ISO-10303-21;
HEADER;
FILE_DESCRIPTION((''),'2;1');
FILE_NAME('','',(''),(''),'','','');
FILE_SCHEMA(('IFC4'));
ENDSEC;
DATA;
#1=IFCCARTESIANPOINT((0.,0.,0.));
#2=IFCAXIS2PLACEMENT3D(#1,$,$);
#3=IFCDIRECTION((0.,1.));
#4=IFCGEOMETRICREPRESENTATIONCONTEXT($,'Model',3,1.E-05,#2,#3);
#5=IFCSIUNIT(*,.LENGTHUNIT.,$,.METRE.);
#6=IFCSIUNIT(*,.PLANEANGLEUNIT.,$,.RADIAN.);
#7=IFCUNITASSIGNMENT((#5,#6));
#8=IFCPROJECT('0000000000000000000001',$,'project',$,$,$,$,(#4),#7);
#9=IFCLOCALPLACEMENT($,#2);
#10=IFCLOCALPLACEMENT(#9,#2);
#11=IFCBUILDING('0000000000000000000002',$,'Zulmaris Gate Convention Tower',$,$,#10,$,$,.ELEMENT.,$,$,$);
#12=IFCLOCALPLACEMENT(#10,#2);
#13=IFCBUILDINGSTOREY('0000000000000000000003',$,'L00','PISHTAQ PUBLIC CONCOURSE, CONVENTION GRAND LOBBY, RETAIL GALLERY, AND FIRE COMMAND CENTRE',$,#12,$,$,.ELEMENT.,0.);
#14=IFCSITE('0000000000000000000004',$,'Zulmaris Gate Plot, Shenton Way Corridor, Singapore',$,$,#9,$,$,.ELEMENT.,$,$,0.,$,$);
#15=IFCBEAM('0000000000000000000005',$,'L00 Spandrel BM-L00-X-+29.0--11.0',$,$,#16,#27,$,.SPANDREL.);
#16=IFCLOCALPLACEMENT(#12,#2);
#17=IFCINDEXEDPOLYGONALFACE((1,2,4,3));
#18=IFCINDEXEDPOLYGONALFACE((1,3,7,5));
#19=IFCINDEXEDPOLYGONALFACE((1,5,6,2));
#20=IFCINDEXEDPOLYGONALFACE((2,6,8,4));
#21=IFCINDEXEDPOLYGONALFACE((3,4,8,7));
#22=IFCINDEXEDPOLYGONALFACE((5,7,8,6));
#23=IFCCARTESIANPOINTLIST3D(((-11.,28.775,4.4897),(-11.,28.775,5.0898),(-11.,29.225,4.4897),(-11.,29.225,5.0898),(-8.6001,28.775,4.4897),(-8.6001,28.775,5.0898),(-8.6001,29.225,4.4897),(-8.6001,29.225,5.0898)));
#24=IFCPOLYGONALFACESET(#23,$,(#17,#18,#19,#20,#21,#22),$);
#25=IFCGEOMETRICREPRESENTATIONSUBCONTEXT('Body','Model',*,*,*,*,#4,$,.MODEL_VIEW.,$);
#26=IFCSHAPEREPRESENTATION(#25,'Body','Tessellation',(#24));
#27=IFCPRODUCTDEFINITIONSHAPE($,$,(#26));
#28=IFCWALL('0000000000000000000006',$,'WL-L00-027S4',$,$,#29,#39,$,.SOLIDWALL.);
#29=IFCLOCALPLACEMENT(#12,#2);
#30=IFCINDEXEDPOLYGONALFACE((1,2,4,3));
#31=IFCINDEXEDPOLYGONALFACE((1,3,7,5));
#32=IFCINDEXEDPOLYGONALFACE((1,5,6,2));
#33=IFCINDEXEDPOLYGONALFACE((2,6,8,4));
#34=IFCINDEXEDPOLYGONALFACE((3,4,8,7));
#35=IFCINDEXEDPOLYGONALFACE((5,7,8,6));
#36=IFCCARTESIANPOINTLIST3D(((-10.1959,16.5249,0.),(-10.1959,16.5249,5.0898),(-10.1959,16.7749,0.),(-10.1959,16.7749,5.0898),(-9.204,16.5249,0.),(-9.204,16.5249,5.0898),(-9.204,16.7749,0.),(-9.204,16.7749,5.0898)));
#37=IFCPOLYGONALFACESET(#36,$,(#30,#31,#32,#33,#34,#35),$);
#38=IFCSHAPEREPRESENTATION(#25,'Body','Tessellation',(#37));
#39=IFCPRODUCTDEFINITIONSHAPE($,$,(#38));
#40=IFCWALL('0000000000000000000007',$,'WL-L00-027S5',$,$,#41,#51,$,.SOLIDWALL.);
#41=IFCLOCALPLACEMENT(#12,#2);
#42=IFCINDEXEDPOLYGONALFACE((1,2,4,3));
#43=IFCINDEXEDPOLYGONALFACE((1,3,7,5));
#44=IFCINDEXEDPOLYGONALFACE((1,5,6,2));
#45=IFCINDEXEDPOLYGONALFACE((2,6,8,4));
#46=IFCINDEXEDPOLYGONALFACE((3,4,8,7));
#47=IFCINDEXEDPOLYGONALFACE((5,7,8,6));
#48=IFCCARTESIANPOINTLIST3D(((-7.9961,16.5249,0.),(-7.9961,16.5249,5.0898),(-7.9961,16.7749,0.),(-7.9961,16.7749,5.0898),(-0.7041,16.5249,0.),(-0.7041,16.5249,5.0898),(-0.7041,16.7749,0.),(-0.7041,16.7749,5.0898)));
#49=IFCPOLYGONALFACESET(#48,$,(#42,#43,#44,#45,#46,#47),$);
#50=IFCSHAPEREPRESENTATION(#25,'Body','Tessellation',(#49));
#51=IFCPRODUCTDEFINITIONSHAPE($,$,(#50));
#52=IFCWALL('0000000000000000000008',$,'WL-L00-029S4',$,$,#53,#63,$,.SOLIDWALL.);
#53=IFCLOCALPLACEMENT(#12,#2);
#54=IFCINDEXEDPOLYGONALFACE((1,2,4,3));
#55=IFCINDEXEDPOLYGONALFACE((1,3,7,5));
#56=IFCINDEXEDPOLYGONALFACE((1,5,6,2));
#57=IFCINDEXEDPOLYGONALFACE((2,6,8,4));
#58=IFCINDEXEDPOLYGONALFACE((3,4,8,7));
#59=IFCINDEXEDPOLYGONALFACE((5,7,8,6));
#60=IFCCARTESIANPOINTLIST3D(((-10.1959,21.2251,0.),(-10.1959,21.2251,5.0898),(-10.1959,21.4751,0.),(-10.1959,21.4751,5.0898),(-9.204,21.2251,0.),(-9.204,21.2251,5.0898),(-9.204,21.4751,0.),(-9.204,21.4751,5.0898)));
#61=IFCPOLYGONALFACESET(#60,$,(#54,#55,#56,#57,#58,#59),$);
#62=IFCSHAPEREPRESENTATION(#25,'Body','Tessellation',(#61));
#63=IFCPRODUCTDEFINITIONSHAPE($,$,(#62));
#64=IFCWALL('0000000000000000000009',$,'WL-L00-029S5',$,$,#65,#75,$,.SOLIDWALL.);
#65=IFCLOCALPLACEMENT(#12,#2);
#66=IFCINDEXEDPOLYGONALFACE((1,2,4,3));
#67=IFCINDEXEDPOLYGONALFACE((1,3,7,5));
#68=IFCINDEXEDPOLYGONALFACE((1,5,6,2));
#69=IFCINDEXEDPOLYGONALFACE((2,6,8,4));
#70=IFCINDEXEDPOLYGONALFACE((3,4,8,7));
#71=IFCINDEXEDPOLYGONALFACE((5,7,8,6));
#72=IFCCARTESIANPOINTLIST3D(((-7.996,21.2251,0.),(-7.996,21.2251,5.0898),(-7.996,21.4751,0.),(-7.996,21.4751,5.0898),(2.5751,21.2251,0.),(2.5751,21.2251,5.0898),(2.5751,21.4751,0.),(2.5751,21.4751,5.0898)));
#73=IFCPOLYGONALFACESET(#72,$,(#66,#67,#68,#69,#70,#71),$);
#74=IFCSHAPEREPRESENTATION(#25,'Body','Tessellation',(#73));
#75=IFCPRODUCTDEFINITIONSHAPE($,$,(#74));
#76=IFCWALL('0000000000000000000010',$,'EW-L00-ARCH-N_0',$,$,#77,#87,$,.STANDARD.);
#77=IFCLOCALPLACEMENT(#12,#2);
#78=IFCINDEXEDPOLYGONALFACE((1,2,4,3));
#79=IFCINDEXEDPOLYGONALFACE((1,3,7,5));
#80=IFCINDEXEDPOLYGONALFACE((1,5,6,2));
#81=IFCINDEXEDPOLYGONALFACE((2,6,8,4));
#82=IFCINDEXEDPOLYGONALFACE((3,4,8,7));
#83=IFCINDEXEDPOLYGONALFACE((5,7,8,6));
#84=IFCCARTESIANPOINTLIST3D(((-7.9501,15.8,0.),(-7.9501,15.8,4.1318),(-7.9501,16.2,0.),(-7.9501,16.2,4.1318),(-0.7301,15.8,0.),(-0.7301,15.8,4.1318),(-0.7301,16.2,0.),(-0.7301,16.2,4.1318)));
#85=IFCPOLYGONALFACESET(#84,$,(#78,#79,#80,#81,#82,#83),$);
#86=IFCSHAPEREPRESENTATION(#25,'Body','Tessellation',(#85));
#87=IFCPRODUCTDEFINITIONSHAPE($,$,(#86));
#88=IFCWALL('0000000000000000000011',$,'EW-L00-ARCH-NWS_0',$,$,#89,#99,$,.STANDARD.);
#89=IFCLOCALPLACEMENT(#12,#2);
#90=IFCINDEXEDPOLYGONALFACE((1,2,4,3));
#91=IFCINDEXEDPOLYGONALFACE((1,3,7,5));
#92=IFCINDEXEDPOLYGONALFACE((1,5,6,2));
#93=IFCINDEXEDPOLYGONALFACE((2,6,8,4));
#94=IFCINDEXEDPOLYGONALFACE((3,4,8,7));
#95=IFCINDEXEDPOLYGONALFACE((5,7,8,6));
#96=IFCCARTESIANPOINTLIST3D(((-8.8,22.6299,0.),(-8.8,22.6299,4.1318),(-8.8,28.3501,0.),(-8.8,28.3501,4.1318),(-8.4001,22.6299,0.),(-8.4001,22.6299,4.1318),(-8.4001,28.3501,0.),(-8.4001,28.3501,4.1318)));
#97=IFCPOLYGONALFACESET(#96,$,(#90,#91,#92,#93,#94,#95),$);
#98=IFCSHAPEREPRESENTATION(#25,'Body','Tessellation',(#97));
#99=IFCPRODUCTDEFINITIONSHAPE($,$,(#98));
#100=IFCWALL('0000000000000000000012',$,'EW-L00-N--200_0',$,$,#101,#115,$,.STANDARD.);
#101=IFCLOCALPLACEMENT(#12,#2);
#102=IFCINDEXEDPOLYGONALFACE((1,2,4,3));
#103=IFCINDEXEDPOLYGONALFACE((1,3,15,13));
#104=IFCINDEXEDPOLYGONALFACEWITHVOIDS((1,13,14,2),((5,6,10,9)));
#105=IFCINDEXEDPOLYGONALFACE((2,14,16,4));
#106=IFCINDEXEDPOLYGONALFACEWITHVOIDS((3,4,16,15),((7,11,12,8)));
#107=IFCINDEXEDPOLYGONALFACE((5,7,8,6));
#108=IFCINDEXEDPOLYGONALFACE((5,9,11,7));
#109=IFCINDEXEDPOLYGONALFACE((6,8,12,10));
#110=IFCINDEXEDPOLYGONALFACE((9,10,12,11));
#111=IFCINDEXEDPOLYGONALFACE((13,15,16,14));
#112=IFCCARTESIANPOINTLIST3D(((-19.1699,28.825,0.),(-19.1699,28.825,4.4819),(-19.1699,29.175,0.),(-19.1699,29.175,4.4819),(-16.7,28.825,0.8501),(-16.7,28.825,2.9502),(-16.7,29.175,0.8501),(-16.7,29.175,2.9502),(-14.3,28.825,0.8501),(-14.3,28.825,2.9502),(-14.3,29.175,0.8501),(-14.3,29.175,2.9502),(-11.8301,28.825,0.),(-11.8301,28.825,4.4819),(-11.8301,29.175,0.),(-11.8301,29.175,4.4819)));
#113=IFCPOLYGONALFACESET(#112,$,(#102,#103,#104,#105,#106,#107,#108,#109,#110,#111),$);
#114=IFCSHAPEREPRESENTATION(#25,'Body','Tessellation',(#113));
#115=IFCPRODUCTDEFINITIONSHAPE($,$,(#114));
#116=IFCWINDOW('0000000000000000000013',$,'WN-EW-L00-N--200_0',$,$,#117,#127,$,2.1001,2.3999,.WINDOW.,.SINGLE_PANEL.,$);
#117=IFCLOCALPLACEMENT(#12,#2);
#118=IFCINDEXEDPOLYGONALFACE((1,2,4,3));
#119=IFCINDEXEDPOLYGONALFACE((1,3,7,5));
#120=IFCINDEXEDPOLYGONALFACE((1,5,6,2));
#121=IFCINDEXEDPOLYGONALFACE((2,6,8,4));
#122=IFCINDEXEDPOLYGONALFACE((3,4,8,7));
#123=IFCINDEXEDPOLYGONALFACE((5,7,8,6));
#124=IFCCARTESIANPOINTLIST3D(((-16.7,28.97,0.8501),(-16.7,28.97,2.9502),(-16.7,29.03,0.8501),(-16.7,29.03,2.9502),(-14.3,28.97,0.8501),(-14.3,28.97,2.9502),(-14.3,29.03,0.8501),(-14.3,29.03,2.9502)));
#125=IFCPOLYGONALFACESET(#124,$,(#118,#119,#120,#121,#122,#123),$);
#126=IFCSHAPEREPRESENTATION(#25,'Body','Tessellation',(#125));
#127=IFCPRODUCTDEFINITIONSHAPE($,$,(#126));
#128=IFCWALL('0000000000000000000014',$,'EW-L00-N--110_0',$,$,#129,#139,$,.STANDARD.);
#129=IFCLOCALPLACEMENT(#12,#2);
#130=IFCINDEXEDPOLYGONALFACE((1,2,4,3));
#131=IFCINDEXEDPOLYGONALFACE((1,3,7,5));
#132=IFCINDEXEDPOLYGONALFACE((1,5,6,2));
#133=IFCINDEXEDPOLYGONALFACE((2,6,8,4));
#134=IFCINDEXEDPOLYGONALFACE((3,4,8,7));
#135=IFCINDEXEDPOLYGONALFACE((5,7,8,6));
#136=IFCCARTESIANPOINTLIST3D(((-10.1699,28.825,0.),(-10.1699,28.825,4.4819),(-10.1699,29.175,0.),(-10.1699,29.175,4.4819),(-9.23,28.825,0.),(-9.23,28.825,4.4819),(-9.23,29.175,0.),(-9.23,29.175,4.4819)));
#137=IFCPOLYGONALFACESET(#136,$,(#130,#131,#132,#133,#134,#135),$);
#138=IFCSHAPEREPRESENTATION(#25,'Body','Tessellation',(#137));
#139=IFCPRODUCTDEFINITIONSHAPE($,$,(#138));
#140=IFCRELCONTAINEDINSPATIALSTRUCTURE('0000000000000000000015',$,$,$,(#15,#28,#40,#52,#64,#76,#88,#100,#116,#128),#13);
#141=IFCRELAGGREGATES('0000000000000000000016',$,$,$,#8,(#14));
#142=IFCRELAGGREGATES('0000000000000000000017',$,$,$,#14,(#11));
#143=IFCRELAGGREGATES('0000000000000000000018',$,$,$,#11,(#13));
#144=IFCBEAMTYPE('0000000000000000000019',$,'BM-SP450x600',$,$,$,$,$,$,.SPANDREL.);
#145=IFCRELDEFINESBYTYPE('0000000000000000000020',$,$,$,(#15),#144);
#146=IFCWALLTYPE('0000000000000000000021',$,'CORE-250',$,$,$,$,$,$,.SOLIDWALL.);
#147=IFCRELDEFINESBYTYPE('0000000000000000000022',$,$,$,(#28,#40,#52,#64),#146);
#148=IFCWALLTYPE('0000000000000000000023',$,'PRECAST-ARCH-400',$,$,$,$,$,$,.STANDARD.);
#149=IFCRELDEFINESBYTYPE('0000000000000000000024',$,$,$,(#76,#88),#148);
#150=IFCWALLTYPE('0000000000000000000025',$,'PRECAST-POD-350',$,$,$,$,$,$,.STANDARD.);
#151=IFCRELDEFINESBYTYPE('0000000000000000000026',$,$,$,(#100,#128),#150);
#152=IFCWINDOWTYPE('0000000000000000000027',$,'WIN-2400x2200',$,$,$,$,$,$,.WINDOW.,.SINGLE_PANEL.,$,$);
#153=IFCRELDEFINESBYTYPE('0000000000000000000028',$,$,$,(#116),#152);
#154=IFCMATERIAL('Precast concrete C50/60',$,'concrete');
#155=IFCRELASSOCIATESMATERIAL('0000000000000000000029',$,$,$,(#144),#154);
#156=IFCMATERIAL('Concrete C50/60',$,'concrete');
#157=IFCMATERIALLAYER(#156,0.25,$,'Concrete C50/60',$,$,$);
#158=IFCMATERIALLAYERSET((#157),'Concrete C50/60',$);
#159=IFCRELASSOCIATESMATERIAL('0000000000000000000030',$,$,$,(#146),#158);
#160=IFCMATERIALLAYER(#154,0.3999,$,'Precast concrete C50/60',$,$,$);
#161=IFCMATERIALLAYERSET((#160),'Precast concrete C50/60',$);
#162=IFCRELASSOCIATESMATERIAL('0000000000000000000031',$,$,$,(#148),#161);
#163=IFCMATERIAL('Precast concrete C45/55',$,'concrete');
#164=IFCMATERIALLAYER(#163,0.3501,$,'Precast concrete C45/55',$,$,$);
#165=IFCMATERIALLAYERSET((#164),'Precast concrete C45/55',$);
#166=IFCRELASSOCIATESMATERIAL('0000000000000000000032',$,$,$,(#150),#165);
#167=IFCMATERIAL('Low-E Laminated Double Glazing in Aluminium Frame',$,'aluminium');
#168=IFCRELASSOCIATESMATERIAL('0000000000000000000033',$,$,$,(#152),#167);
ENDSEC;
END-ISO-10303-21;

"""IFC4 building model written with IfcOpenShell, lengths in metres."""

from ifc_helpers import new_model, si_unit, direction, frame, frame_2d, origin, origin_2d, place, context, subcontext, project, spatial, rectangle, extrude, material, layer, layer_set, material_profile, profile_set, type_object, element, fill, save


model = new_model("IFC4")

# Units and contexts
model_context = context("Model", 3, precision=1e-05, world=origin(), true_north=direction((0.0, 1.0)))
body_context = subcontext(model_context, "Body", "Model", "MODEL_VIEW")
ifc_project = project(units=[si_unit("LENGTHUNIT", "METRE"), si_unit("PLANEANGLEUNIT", "RADIAN")], contexts=[model_context])

# Site, building, storey
site_placement = place(None, origin())
site = spatial("IfcSite", under=ifc_project, at=site_placement, Name="Zulmaris Gate Plot, Shenton Way Corridor, Singapore", CompositionType="ELEMENT", RefElevation=0.0)
building_placement = place(site_placement, origin())
building = spatial("IfcBuilding", under=site, at=building_placement, Name="Zulmaris Gate Convention Tower", CompositionType="ELEMENT")
storey_placement = place(building_placement, origin())
storey = spatial("IfcBuildingStorey", under=building, at=storey_placement, Name="L00", Description="PISHTAQ PUBLIC CONCOURSE, CONVENTION GRAND LOBBY, RETAIL GALLERY, AND FIRE COMMAND CENTRE", CompositionType="ELEMENT", Elevation=0.0)

# Beam
ifc_material_1 = material(Name="Precast concrete C50/60", Category="concrete")
ifc_material_profile_1 = material_profile(ifc_material_1, rectangle(XDim=0.45, YDim=0.6001, at=origin_2d()), Name="RC SPANDREL 450x600")
ifc_profile_set_1 = profile_set([ifc_material_profile_1], Name="Precast concrete C50/60")
beam_type_1 = type_object("IfcBeamType", Name="BM-SP450x600", PredefinedType="SPANDREL", material=ifc_profile_set_1)
beam_1_placement = place(storey_placement, frame((-11.0, 29.0, 4.7898), z_axis=(1.0, 0.0, 0.0), x_axis=(0.0, 1.0, 0.0)))
element("IfcBeam", 1, at=beam_1_placement, inside=storey, type_object=beam_type_1, Name="L00 Spandrel BM-L00-X-+29.0--11.0", PredefinedType="SPANDREL", context=body_context, shape_type="SweptSolid", body=[
    extrude(rectangle(XDim=0.45, YDim=0.6001, at=origin_2d()), origin(), (0.0, 0.0, 1.0), 2.3999),
])

# Walls
ifc_material_2 = material(Name="Concrete C50/60", Category="concrete")
ifc_layer_1 = layer(ifc_material_2, 0.25, Name="Concrete C50/60")
ifc_layer_set_1 = layer_set([ifc_layer_1], Name="Concrete C50/60")
wall_type_1 = type_object("IfcWallType", Name="CORE-250", PredefinedType="SOLIDWALL", material=ifc_layer_set_1)
wall_1_placement = place(storey_placement, frame((-10.196, 16.6499, 0.0), z_axis=(0.0, 0.0, 1.0), x_axis=(1.0, 0.0, 0.0)))
element("IfcWall", 2, at=wall_1_placement, inside=storey, type_object=wall_type_1, Name="WL-L00-027S4", PredefinedType="SOLIDWALL", context=body_context, shape_type="SweptSolid", body=[
    extrude(rectangle(XDim=0.9919, YDim=0.25, at=frame_2d((0.4961, 0.0))), origin(), (0.0, 0.0, 1.0), 5.0898),
])
wall_2_placement = place(storey_placement, frame((-7.9961, 16.6499, 0.0), z_axis=(0.0, 0.0, 1.0), x_axis=(1.0, 0.0, 0.0)))
element("IfcWall", 3, at=wall_2_placement, inside=storey, type_object=wall_type_1, Name="WL-L00-027S5", PredefinedType="SOLIDWALL", context=body_context, shape_type="SweptSolid", body=[
    extrude(rectangle(XDim=7.292, YDim=0.25, at=frame_2d((3.646, 0.0))), origin(), (0.0, 0.0, 1.0), 5.0898),
])
wall_3_placement = place(storey_placement, frame((-10.196, 21.3501, 0.0), z_axis=(0.0, 0.0, 1.0), x_axis=(1.0, 0.0, 0.0)))
element("IfcWall", 4, at=wall_3_placement, inside=storey, type_object=wall_type_1, Name="WL-L00-029S4", PredefinedType="SOLIDWALL", context=body_context, shape_type="SweptSolid", body=[
    extrude(rectangle(XDim=0.9919, YDim=0.25, at=frame_2d((0.4961, 0.0))), origin(), (0.0, 0.0, 1.0), 5.0898),
])
wall_4_placement = place(storey_placement, frame((-7.9961, 21.3501, 0.0), z_axis=(0.0, 0.0, 1.0), x_axis=(1.0, 0.0, 0.0)))
element("IfcWall", 5, at=wall_4_placement, inside=storey, type_object=wall_type_1, Name="WL-L00-029S5", PredefinedType="SOLIDWALL", context=body_context, shape_type="SweptSolid", body=[
    extrude(rectangle(XDim=10.571, YDim=0.25, at=frame_2d((5.2856, 0.0))), origin(), (0.0, 0.0, 1.0), 5.0898),
])
ifc_layer_2 = layer(ifc_material_1, 0.3999, Name="Precast concrete C50/60")
ifc_layer_set_2 = layer_set([ifc_layer_2], Name="Precast concrete C50/60")
wall_type_2 = type_object("IfcWallType", Name="PRECAST-ARCH-400", PredefinedType="STANDARD", material=ifc_layer_set_2)
wall_5_placement = place(storey_placement, frame((-7.95, 16.0, 0.0), z_axis=(0.0, 0.0, 1.0), x_axis=(1.0, 0.0, 0.0)))
element("IfcWall", 6, at=wall_5_placement, inside=storey, type_object=wall_type_2, Name="EW-L00-ARCH-N_0", PredefinedType="STANDARD", context=body_context, shape_type="SweptSolid", body=[
    extrude(rectangle(XDim=7.22, YDim=0.3999, at=frame_2d((3.6099, 0.0))), origin(), (0.0, 0.0, 1.0), 4.1318),
])
wall_6_placement = place(storey_placement, frame((-8.6001, 22.6299, 0.0), z_axis=(0.0, 0.0, 1.0), x_axis=(0.0, 1.0, 0.0)))
element("IfcWall", 7, at=wall_6_placement, inside=storey, type_object=wall_type_2, Name="EW-L00-ARCH-NWS_0", PredefinedType="STANDARD", context=body_context, shape_type="SweptSolid", body=[
    extrude(rectangle(XDim=5.7202, YDim=0.3999, at=frame_2d((2.8601, 0.0))), origin(), (0.0, 0.0, 1.0), 4.1318),
])

# Wall, opening, window
ifc_material_3 = material(Name="Precast concrete C45/55", Category="concrete")
ifc_layer_3 = layer(ifc_material_3, 0.3501, Name="Precast concrete C45/55")
ifc_layer_set_3 = layer_set([ifc_layer_3], Name="Precast concrete C45/55")
wall_type_3 = type_object("IfcWallType", Name="PRECAST-POD-350", PredefinedType="STANDARD", material=ifc_layer_set_3)
wall_7_placement = place(storey_placement, frame((-11.8301, 29.0, 0.0), z_axis=(0.0, 0.0, 1.0), x_axis=(-1.0, 0.0, 0.0)))
wall_7 = element("IfcWall", 8, at=wall_7_placement, inside=storey, type_object=wall_type_3, Name="EW-L00-N--200_0", PredefinedType="STANDARD", context=body_context, shape_type="SweptSolid", body=[
    extrude(rectangle(XDim=7.3398, YDim=0.3501, at=frame_2d((3.6699, 0.0))), origin(), (0.0, 0.0, 1.0), 4.4819),
])
opening_placement = place(wall_7_placement, frame((2.47, 0.0, 0.8501)))
opening = element("IfcOpeningElement", 9, at=opening_placement, cuts=wall_7, PredefinedType="OPENING", context=body_context, shape_type="SweptSolid", body=[
    extrude(rectangle(XDim=2.3999, YDim=2.1001, at=frame_2d((1.2, 1.05))), frame((0.0, 0.1851, 0.0), z_axis=(0.0, -1.0, 0.0), x_axis=(1.0, 0.0, 0.0)), (0.0, 0.0, 1.0), 0.3701),
])
ifc_material_4 = material(Name="Low-E Laminated Double Glazing in Aluminium Frame", Category="aluminium")
window_type = type_object("IfcWindowType", Name="WIN-2400x2200", PartitioningType="SINGLE_PANEL", PredefinedType="WINDOW", material=ifc_material_4)
window_placement = place(opening_placement, origin())
window = element("IfcWindow", 10, at=window_placement, inside=storey, type_object=window_type, Name="WN-EW-L00-N--200_0", OverallHeight=2.1001, OverallWidth=2.3999, PartitioningType="SINGLE_PANEL", PredefinedType="WINDOW", context=body_context, shape_type="SweptSolid", body=[
    extrude(rectangle(XDim=2.3999, YDim=2.1001, at=frame_2d((1.2, 1.05))), frame((0.0, 0.03, 0.0), z_axis=(0.0, -1.0, 0.0), x_axis=(1.0, 0.0, 0.0)), (0.0, 0.0, 1.0), 0.0601),
])
fill(opening, window)

# Wall
wall_8_placement = place(storey_placement, frame((-9.23, 29.0, 0.0), z_axis=(0.0, 0.0, 1.0), x_axis=(-1.0, 0.0, 0.0)))
element("IfcWall", 11, at=wall_8_placement, inside=storey, type_object=wall_type_3, Name="EW-L00-N--110_0", PredefinedType="STANDARD", context=body_context, shape_type="SweptSolid", body=[
    extrude(rectangle(XDim=0.9399, YDim=0.3501, at=frame_2d((0.47, 0.0))), origin(), (0.0, 0.0, 1.0), 4.4819),
])

save(model, "model.ifc")
